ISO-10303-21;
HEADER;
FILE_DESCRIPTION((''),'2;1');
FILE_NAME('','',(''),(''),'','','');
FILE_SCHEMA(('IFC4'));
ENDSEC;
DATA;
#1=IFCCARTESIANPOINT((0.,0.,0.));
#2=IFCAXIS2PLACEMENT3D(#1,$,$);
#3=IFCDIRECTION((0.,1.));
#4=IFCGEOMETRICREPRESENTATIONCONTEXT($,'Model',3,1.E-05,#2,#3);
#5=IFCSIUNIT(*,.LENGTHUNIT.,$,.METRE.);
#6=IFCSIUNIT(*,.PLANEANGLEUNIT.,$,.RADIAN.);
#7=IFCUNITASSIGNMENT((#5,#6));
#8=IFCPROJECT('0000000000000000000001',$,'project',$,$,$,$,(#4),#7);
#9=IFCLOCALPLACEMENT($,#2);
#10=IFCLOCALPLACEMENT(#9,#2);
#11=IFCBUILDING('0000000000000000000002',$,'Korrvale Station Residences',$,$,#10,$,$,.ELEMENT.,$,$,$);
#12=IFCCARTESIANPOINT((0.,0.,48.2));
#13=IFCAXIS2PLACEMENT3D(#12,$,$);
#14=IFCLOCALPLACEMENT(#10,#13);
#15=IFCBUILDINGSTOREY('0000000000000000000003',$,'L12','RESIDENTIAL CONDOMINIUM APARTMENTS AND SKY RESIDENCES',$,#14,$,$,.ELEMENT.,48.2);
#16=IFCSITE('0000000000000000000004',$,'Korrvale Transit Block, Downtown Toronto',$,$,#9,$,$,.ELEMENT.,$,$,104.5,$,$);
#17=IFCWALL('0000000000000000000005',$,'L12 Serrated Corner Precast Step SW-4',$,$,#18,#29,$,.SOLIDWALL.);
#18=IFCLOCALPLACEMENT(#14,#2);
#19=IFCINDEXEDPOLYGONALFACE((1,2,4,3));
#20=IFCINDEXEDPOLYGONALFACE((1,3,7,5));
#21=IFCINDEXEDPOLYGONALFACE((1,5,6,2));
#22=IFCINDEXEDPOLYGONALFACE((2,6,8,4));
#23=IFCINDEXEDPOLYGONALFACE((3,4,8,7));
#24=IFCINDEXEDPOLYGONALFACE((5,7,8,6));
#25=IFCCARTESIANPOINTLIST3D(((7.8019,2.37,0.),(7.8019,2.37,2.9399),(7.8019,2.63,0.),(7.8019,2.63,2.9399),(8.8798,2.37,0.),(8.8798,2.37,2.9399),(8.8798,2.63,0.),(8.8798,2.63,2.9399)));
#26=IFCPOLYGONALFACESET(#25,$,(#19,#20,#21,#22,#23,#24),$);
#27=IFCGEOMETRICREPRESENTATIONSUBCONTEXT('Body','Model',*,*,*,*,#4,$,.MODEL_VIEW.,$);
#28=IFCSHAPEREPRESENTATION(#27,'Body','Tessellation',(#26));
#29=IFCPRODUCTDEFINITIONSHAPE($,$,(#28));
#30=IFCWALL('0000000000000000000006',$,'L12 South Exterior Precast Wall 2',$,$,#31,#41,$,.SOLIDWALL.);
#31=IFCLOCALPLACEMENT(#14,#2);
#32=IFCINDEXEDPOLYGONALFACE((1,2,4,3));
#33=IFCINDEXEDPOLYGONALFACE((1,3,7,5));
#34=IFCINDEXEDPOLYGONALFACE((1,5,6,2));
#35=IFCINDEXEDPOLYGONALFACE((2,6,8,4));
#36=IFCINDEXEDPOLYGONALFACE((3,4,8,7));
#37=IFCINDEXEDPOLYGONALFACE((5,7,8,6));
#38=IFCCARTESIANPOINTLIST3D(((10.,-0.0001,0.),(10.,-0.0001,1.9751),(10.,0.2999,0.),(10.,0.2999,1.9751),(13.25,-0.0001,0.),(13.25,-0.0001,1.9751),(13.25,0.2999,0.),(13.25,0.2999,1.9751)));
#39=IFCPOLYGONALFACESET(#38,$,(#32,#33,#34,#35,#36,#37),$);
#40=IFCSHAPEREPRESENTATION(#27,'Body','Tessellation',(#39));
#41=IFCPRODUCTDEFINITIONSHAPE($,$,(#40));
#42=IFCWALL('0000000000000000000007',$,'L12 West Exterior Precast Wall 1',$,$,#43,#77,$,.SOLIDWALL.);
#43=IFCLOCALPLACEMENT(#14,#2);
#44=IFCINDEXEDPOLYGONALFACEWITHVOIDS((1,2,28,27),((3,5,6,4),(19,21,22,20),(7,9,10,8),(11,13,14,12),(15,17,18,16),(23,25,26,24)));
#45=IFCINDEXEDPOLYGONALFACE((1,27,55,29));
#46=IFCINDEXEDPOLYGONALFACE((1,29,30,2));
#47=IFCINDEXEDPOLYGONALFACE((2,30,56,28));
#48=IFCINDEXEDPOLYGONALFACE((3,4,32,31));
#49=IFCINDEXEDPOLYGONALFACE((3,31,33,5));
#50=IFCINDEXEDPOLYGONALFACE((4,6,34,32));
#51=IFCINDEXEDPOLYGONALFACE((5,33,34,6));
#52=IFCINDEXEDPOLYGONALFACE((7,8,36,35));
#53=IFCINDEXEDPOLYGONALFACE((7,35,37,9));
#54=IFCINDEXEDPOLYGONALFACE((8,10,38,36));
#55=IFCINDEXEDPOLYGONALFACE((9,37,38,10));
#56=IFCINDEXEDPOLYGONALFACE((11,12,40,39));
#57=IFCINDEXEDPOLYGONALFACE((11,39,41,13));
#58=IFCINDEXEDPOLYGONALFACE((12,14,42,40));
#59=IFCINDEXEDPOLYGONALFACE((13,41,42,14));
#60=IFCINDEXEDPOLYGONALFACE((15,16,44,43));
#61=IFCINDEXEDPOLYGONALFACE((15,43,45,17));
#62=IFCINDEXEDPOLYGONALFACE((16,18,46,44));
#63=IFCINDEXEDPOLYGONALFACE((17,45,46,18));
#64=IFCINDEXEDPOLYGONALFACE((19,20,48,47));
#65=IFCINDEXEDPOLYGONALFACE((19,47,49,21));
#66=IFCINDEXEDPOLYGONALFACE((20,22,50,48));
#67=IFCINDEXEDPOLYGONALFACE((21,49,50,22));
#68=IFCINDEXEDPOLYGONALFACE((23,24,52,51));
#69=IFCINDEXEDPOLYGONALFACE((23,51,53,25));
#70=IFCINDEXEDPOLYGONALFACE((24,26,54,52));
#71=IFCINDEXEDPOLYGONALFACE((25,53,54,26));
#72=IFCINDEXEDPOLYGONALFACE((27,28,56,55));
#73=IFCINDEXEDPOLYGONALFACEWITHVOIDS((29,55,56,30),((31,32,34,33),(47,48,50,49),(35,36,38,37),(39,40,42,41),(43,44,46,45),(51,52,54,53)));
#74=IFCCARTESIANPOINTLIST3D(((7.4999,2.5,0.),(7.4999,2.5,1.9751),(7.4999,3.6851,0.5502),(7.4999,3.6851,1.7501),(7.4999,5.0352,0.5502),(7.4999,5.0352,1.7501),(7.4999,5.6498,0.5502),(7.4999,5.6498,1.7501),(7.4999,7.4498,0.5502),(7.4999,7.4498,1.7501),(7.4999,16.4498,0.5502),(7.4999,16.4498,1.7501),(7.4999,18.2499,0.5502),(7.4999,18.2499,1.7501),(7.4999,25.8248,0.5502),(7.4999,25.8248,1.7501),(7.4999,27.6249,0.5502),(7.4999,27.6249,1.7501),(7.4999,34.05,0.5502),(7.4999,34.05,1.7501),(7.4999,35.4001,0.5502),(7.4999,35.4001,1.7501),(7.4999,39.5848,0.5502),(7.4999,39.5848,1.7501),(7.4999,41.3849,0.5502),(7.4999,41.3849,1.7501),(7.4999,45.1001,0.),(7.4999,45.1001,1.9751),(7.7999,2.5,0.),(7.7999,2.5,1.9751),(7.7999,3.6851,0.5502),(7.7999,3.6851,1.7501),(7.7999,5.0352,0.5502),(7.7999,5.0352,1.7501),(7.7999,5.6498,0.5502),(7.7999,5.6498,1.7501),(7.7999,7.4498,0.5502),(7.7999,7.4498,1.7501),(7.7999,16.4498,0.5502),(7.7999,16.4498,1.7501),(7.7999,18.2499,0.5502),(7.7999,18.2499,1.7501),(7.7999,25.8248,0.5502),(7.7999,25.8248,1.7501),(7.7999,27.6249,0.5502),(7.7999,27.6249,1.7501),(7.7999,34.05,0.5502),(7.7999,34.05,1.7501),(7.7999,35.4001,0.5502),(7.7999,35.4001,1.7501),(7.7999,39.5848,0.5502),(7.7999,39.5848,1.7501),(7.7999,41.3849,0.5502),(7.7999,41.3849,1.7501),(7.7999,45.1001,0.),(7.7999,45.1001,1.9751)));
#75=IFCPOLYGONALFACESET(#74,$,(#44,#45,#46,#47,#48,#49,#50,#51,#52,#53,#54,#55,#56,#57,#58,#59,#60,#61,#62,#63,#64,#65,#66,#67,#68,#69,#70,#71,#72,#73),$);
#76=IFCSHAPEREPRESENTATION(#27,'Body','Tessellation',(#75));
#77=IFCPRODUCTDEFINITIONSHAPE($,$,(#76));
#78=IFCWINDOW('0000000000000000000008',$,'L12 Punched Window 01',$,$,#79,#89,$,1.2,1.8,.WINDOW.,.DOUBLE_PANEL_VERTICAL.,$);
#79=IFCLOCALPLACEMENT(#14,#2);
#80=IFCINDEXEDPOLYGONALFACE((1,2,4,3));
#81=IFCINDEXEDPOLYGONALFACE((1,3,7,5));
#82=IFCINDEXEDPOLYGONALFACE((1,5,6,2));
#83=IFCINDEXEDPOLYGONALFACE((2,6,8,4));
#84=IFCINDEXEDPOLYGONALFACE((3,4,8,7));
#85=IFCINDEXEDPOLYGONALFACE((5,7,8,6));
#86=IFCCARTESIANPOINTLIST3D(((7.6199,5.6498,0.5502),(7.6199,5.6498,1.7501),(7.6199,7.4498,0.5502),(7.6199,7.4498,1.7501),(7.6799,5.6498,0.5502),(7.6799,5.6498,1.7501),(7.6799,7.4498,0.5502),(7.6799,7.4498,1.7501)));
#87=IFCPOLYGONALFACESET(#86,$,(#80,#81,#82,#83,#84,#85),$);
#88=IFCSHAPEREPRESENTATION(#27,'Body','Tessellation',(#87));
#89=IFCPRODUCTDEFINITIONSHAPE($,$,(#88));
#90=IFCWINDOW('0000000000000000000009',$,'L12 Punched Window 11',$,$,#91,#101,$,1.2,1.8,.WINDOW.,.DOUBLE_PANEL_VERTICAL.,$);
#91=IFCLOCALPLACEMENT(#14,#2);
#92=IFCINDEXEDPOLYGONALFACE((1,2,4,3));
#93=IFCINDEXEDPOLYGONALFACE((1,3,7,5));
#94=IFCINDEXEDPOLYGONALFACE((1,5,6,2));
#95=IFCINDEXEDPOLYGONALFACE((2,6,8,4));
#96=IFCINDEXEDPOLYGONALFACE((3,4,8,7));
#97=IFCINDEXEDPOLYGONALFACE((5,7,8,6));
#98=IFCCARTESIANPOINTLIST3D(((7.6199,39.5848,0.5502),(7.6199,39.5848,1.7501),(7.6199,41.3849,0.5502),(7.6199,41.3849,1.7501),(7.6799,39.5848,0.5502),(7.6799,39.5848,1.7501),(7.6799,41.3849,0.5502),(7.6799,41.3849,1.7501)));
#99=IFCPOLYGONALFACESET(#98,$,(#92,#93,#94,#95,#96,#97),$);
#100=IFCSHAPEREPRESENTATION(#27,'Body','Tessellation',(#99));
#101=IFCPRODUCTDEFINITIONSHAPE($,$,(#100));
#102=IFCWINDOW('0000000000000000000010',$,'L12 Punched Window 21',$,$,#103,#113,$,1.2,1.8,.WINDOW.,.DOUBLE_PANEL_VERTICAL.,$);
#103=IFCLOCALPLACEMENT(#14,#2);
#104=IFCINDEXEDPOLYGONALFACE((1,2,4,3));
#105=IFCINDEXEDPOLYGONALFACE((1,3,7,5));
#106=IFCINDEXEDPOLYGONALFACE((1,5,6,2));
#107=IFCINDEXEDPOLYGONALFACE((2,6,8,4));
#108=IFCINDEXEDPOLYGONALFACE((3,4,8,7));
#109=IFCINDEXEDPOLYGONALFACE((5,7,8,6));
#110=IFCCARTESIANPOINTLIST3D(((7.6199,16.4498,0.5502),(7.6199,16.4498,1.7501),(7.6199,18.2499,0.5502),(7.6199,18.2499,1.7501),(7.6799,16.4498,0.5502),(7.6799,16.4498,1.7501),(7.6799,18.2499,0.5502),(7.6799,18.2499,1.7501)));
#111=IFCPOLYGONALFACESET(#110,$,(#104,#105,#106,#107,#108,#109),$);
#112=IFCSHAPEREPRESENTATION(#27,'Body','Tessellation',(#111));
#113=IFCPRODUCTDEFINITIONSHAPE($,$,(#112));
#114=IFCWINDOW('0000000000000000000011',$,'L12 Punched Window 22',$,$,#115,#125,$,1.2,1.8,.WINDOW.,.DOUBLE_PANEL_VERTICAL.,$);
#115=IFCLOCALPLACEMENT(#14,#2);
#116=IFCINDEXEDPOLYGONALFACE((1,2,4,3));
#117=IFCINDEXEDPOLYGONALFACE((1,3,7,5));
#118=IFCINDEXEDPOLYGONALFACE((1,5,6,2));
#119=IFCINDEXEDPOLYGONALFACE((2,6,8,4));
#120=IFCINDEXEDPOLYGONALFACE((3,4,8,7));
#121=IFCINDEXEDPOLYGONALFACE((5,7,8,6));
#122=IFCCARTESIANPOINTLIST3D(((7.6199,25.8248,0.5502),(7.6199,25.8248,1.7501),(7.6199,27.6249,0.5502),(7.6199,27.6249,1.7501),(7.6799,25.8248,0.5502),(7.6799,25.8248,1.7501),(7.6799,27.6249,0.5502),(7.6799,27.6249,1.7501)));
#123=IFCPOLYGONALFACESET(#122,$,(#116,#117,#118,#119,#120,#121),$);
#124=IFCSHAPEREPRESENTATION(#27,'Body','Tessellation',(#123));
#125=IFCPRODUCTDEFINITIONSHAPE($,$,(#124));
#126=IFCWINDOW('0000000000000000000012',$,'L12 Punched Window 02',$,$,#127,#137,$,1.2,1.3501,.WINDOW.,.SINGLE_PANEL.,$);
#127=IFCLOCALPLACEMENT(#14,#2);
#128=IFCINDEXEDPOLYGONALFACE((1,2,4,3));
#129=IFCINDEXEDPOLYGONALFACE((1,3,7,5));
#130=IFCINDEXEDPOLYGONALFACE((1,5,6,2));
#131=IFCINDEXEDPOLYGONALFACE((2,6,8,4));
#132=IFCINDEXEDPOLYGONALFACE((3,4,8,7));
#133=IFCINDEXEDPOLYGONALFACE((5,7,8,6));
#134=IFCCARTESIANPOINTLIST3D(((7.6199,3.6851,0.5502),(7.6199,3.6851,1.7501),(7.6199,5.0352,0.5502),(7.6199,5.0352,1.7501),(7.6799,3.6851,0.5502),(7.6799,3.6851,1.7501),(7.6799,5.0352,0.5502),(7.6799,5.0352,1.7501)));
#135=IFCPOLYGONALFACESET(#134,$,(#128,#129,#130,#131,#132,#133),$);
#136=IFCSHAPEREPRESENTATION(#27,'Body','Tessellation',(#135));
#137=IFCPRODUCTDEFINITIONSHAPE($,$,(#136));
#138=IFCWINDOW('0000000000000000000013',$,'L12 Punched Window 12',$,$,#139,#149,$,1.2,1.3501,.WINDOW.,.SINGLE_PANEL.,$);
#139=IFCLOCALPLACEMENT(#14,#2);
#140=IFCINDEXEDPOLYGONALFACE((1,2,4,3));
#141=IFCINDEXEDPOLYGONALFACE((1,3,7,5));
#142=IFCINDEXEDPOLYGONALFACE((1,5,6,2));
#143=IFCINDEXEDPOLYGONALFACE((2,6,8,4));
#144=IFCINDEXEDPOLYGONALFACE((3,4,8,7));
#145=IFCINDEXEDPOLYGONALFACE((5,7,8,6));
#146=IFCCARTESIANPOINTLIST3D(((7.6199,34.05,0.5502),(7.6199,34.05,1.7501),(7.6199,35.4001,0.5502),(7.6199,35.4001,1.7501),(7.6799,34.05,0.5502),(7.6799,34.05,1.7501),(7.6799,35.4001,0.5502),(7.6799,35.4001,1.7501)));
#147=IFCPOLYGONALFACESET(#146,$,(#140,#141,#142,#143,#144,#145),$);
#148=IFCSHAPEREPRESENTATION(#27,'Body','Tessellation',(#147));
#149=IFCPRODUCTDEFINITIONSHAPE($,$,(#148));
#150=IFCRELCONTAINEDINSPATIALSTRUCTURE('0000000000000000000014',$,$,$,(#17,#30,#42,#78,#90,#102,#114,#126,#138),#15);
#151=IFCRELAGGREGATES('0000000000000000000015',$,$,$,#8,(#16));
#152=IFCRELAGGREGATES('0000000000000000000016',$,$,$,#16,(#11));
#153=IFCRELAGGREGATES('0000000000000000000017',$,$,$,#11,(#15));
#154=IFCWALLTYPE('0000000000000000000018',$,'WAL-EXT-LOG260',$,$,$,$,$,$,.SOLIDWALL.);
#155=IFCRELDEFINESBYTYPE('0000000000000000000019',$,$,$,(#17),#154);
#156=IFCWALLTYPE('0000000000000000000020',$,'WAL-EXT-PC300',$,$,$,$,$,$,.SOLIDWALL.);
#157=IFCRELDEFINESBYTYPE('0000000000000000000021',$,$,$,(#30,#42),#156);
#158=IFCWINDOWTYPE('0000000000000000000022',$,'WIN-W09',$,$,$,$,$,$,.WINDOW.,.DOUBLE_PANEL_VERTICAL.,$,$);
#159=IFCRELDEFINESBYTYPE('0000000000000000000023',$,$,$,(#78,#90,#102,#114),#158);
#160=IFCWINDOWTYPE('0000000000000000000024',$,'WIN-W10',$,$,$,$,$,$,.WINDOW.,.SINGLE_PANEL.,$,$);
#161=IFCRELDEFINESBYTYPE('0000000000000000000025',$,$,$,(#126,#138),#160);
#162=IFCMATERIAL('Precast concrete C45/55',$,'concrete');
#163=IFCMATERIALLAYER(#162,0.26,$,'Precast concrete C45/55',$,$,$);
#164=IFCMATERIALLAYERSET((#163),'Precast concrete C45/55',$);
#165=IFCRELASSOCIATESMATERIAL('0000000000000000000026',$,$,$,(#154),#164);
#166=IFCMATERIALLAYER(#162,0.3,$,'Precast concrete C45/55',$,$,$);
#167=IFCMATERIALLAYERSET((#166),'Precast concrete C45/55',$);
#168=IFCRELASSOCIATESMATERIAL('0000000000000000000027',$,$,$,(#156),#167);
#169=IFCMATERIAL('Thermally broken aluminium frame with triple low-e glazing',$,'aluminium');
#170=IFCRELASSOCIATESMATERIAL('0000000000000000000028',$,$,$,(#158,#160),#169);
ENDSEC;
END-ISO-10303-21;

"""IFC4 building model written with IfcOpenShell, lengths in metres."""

from ifc_helpers import new_model, si_unit, direction, frame, frame_2d, origin, place, context, subcontext, project, spatial, rectangle, extrude, material, layer, layer_set, type_object, element, fill, save


model = new_model("IFC4")

# Units and contexts
model_context = context("Model", 3, precision=1e-05, world=origin(), true_north=direction((0.0, 1.0)))
body_context = subcontext(model_context, "Body", "Model", "MODEL_VIEW")
ifc_project = project(units=[si_unit("LENGTHUNIT", "METRE"), si_unit("PLANEANGLEUNIT", "RADIAN")], contexts=[model_context])

# Site, building, storey
site_placement = place(None, origin())
site = spatial("IfcSite", under=ifc_project, at=site_placement, Name="Korrvale Transit Block, Downtown Toronto", CompositionType="ELEMENT", RefElevation=104.5)
building_placement = place(site_placement, origin())
building = spatial("IfcBuilding", under=site, at=building_placement, Name="Korrvale Station Residences", CompositionType="ELEMENT")
storey_placement = place(building_placement, frame((0.0, 0.0, 48.2)))
storey = spatial("IfcBuildingStorey", under=building, at=storey_placement, Name="L12", Description="RESIDENTIAL CONDOMINIUM APARTMENTS AND SKY RESIDENCES", CompositionType="ELEMENT", Elevation=48.2)

# Shared definitions
ifc_material_1 = material(Name="Precast concrete C45/55", Category="concrete")
ifc_layer_1 = layer(ifc_material_1, 0.26, Name="Precast concrete C45/55")
ifc_layer_set_1 = layer_set([ifc_layer_1], Name="Precast concrete C45/55")
wall_type_1 = type_object("IfcWallType", Name="WAL-EXT-LOG260", PredefinedType="SOLIDWALL", material=ifc_layer_set_1)
ifc_material_2 = material(Name="Thermally broken aluminium frame with triple low-e glazing", Category="aluminium")

# Walls
wall_1_placement = place(storey_placement, frame((8.8799, 2.5, 0.0), z_axis=(0.0, 0.0, 1.0), x_axis=(-1.0, 0.0, 0.0)))
element("IfcWall", 1, at=wall_1_placement, inside=storey, type_object=wall_type_1, Name="L12 Serrated Corner Precast Step SW-4", PredefinedType="SOLIDWALL", context=body_context, shape_type="SweptSolid", body=[
    extrude(rectangle(XDim=1.0779, YDim=0.26, at=frame_2d((0.5391, 0.0))), origin(), (0.0, 0.0, 1.0), 2.9399),
])
ifc_layer_2 = layer(ifc_material_1, 0.3, Name="Precast concrete C45/55")
ifc_layer_set_2 = layer_set([ifc_layer_2], Name="Precast concrete C45/55")
wall_type_2 = type_object("IfcWallType", Name="WAL-EXT-PC300", PredefinedType="SOLIDWALL", material=ifc_layer_set_2)
wall_2_placement = place(storey_placement, frame((13.25, 0.1499, 0.0), z_axis=(0.0, 0.0, 1.0), x_axis=(-1.0, 0.0, 0.0)))
element("IfcWall", 2, at=wall_2_placement, inside=storey, type_object=wall_type_2, Name="L12 South Exterior Precast Wall 2", PredefinedType="SOLIDWALL", context=body_context, shape_type="SweptSolid", body=[
    extrude(rectangle(XDim=3.25, YDim=0.3, at=frame_2d((1.625, 0.0))), origin(), (0.0, 0.0, 1.0), 1.9751),
])

# Wall, openings, windows
wall_3_placement = place(storey_placement, frame((7.6499, 2.5, 0.0), z_axis=(0.0, 0.0, 1.0), x_axis=(0.0, 1.0, 0.0)))
wall_3 = element("IfcWall", 3, at=wall_3_placement, inside=storey, type_object=wall_type_2, Name="L12 West Exterior Precast Wall 1", PredefinedType="SOLIDWALL", context=body_context, shape_type="SweptSolid", body=[
    extrude(rectangle(XDim=42.6001, YDim=0.3, at=frame_2d((21.3, 0.0))), origin(), (0.0, 0.0, 1.0), 1.9751),
])
opening_1_placement = place(wall_3_placement, frame((3.1499, 0.0, 0.55)))
opening_1 = element("IfcOpeningElement", 4, at=opening_1_placement, cuts=wall_3, PredefinedType="OPENING", context=body_context, shape_type="SweptSolid", body=[
    extrude(rectangle(XDim=1.8, YDim=1.2, at=frame_2d((0.8999, 0.6001))), frame((0.0, 0.1602, 0.0), z_axis=(0.0, -1.0, 0.0), x_axis=(1.0, 0.0, 0.0)), (0.0, 0.0, 1.0), 0.3201),
])
opening_2_placement = place(wall_3_placement, frame((1.1851, 0.0, 0.55)))
opening_2 = element("IfcOpeningElement", 5, at=opening_2_placement, cuts=wall_3, PredefinedType="OPENING", context=body_context, shape_type="SweptSolid", body=[
    extrude(rectangle(XDim=1.3501, YDim=1.2, at=frame_2d((0.675, 0.6001))), frame((0.0, 0.1602, 0.0), z_axis=(0.0, -1.0, 0.0), x_axis=(1.0, 0.0, 0.0)), (0.0, 0.0, 1.0), 0.3201),
])
opening_3_placement = place(wall_3_placement, frame((37.085, 0.0, 0.55)))
opening_3 = element("IfcOpeningElement", 6, at=opening_3_placement, cuts=wall_3, PredefinedType="OPENING", context=body_context, shape_type="SweptSolid", body=[
    extrude(rectangle(XDim=1.8, YDim=1.2, at=frame_2d((0.8999, 0.6001))), frame((0.0, 0.1602, 0.0), z_axis=(0.0, -1.0, 0.0), x_axis=(1.0, 0.0, 0.0)), (0.0, 0.0, 1.0), 0.3201),
])
opening_4_placement = place(wall_3_placement, frame((31.55, 0.0, 0.55)))
opening_4 = element("IfcOpeningElement", 7, at=opening_4_placement, cuts=wall_3, PredefinedType="OPENING", context=body_context, shape_type="SweptSolid", body=[
    extrude(rectangle(XDim=1.3501, YDim=1.2, at=frame_2d((0.675, 0.6001))), frame((0.0, 0.1602, 0.0), z_axis=(0.0, -1.0, 0.0), x_axis=(1.0, 0.0, 0.0)), (0.0, 0.0, 1.0), 0.3201),
])
opening_5_placement = place(wall_3_placement, frame((13.95, 0.0, 0.55)))
opening_5 = element("IfcOpeningElement", 8, at=opening_5_placement, cuts=wall_3, PredefinedType="OPENING", context=body_context, shape_type="SweptSolid", body=[
    extrude(rectangle(XDim=1.8, YDim=1.2, at=frame_2d((0.8999, 0.6001))), frame((0.0, 0.1602, 0.0), z_axis=(0.0, -1.0, 0.0), x_axis=(1.0, 0.0, 0.0)), (0.0, 0.0, 1.0), 0.3201),
])
opening_6_placement = place(wall_3_placement, frame((23.325, 0.0, 0.55)))
opening_6 = element("IfcOpeningElement", 9, at=opening_6_placement, cuts=wall_3, PredefinedType="OPENING", context=body_context, shape_type="SweptSolid", body=[
    extrude(rectangle(XDim=1.8, YDim=1.2, at=frame_2d((0.8999, 0.6001))), frame((0.0, 0.1602, 0.0), z_axis=(0.0, -1.0, 0.0), x_axis=(1.0, 0.0, 0.0)), (0.0, 0.0, 1.0), 0.3201),
])
window_type_1 = type_object("IfcWindowType", Name="WIN-W09", PartitioningType="DOUBLE_PANEL_VERTICAL", PredefinedType="WINDOW", material=ifc_material_2)
window_1_placement = place(opening_1_placement, origin())
window_1 = element("IfcWindow", 10, at=window_1_placement, inside=storey, type_object=window_type_1, Name="L12 Punched Window 01", OverallHeight=1.2, OverallWidth=1.8, PartitioningType="DOUBLE_PANEL_VERTICAL", PredefinedType="WINDOW", context=body_context, shape_type="SweptSolid", body=[
    extrude(rectangle(XDim=1.8, YDim=1.2, at=frame_2d((0.8999, 0.6001))), frame((0.0, 0.03, 0.0), z_axis=(0.0, -1.0, 0.0), x_axis=(1.0, 0.0, 0.0)), (0.0, 0.0, 1.0), 0.0601),
])
fill(opening_1, window_1)
window_2_placement = place(opening_3_placement, origin())
window_2 = element("IfcWindow", 11, at=window_2_placement, inside=storey, type_object=window_type_1, Name="L12 Punched Window 11", OverallHeight=1.2, OverallWidth=1.8, PartitioningType="DOUBLE_PANEL_VERTICAL", PredefinedType="WINDOW", context=body_context, shape_type="SweptSolid", body=[
    extrude(rectangle(XDim=1.8, YDim=1.2, at=frame_2d((0.8999, 0.6001))), frame((0.0, 0.03, 0.0), z_axis=(0.0, -1.0, 0.0), x_axis=(1.0, 0.0, 0.0)), (0.0, 0.0, 1.0), 0.0601),
])
fill(opening_3, window_2)
window_3_placement = place(opening_5_placement, origin())
window_3 = element("IfcWindow", 12, at=window_3_placement, inside=storey, type_object=window_type_1, Name="L12 Punched Window 21", OverallHeight=1.2, OverallWidth=1.8, PartitioningType="DOUBLE_PANEL_VERTICAL", PredefinedType="WINDOW", context=body_context, shape_type="SweptSolid", body=[
    extrude(rectangle(XDim=1.8, YDim=1.2, at=frame_2d((0.8999, 0.6001))), frame((0.0, 0.03, 0.0), z_axis=(0.0, -1.0, 0.0), x_axis=(1.0, 0.0, 0.0)), (0.0, 0.0, 1.0), 0.0601),
])
fill(opening_5, window_3)
window_4_placement = place(opening_6_placement, origin())
window_4 = element("IfcWindow", 13, at=window_4_placement, inside=storey, type_object=window_type_1, Name="L12 Punched Window 22", OverallHeight=1.2, OverallWidth=1.8, PartitioningType="DOUBLE_PANEL_VERTICAL", PredefinedType="WINDOW", context=body_context, shape_type="SweptSolid", body=[
    extrude(rectangle(XDim=1.8, YDim=1.2, at=frame_2d((0.8999, 0.6001))), frame((0.0, 0.03, 0.0), z_axis=(0.0, -1.0, 0.0), x_axis=(1.0, 0.0, 0.0)), (0.0, 0.0, 1.0), 0.0601),
])
fill(opening_6, window_4)
window_type_2 = type_object("IfcWindowType", Name="WIN-W10", PartitioningType="SINGLE_PANEL", PredefinedType="WINDOW", material=ifc_material_2)
window_5_placement = place(opening_2_placement, origin())
window_5 = element("IfcWindow", 14, at=window_5_placement, inside=storey, type_object=window_type_2, Name="L12 Punched Window 02", OverallHeight=1.2, OverallWidth=1.3501, PartitioningType="SINGLE_PANEL", PredefinedType="WINDOW", context=body_context, shape_type="SweptSolid", body=[
    extrude(rectangle(XDim=1.3501, YDim=1.2, at=frame_2d((0.675, 0.6001))), frame((0.0, 0.03, 0.0), z_axis=(0.0, -1.0, 0.0), x_axis=(1.0, 0.0, 0.0)), (0.0, 0.0, 1.0), 0.0601),
])
fill(opening_2, window_5)
window_6_placement = place(opening_4_placement, origin())
window_6 = element("IfcWindow", 15, at=window_6_placement, inside=storey, type_object=window_type_2, Name="L12 Punched Window 12", OverallHeight=1.2, OverallWidth=1.3501, PartitioningType="SINGLE_PANEL", PredefinedType="WINDOW", context=body_context, shape_type="SweptSolid", body=[
    extrude(rectangle(XDim=1.3501, YDim=1.2, at=frame_2d((0.675, 0.6001))), frame((0.0, 0.03, 0.0), z_axis=(0.0, -1.0, 0.0), x_axis=(1.0, 0.0, 0.0)), (0.0, 0.0, 1.0), 0.0601),
])
fill(opening_4, window_6)

save(model, "model.ifc")
